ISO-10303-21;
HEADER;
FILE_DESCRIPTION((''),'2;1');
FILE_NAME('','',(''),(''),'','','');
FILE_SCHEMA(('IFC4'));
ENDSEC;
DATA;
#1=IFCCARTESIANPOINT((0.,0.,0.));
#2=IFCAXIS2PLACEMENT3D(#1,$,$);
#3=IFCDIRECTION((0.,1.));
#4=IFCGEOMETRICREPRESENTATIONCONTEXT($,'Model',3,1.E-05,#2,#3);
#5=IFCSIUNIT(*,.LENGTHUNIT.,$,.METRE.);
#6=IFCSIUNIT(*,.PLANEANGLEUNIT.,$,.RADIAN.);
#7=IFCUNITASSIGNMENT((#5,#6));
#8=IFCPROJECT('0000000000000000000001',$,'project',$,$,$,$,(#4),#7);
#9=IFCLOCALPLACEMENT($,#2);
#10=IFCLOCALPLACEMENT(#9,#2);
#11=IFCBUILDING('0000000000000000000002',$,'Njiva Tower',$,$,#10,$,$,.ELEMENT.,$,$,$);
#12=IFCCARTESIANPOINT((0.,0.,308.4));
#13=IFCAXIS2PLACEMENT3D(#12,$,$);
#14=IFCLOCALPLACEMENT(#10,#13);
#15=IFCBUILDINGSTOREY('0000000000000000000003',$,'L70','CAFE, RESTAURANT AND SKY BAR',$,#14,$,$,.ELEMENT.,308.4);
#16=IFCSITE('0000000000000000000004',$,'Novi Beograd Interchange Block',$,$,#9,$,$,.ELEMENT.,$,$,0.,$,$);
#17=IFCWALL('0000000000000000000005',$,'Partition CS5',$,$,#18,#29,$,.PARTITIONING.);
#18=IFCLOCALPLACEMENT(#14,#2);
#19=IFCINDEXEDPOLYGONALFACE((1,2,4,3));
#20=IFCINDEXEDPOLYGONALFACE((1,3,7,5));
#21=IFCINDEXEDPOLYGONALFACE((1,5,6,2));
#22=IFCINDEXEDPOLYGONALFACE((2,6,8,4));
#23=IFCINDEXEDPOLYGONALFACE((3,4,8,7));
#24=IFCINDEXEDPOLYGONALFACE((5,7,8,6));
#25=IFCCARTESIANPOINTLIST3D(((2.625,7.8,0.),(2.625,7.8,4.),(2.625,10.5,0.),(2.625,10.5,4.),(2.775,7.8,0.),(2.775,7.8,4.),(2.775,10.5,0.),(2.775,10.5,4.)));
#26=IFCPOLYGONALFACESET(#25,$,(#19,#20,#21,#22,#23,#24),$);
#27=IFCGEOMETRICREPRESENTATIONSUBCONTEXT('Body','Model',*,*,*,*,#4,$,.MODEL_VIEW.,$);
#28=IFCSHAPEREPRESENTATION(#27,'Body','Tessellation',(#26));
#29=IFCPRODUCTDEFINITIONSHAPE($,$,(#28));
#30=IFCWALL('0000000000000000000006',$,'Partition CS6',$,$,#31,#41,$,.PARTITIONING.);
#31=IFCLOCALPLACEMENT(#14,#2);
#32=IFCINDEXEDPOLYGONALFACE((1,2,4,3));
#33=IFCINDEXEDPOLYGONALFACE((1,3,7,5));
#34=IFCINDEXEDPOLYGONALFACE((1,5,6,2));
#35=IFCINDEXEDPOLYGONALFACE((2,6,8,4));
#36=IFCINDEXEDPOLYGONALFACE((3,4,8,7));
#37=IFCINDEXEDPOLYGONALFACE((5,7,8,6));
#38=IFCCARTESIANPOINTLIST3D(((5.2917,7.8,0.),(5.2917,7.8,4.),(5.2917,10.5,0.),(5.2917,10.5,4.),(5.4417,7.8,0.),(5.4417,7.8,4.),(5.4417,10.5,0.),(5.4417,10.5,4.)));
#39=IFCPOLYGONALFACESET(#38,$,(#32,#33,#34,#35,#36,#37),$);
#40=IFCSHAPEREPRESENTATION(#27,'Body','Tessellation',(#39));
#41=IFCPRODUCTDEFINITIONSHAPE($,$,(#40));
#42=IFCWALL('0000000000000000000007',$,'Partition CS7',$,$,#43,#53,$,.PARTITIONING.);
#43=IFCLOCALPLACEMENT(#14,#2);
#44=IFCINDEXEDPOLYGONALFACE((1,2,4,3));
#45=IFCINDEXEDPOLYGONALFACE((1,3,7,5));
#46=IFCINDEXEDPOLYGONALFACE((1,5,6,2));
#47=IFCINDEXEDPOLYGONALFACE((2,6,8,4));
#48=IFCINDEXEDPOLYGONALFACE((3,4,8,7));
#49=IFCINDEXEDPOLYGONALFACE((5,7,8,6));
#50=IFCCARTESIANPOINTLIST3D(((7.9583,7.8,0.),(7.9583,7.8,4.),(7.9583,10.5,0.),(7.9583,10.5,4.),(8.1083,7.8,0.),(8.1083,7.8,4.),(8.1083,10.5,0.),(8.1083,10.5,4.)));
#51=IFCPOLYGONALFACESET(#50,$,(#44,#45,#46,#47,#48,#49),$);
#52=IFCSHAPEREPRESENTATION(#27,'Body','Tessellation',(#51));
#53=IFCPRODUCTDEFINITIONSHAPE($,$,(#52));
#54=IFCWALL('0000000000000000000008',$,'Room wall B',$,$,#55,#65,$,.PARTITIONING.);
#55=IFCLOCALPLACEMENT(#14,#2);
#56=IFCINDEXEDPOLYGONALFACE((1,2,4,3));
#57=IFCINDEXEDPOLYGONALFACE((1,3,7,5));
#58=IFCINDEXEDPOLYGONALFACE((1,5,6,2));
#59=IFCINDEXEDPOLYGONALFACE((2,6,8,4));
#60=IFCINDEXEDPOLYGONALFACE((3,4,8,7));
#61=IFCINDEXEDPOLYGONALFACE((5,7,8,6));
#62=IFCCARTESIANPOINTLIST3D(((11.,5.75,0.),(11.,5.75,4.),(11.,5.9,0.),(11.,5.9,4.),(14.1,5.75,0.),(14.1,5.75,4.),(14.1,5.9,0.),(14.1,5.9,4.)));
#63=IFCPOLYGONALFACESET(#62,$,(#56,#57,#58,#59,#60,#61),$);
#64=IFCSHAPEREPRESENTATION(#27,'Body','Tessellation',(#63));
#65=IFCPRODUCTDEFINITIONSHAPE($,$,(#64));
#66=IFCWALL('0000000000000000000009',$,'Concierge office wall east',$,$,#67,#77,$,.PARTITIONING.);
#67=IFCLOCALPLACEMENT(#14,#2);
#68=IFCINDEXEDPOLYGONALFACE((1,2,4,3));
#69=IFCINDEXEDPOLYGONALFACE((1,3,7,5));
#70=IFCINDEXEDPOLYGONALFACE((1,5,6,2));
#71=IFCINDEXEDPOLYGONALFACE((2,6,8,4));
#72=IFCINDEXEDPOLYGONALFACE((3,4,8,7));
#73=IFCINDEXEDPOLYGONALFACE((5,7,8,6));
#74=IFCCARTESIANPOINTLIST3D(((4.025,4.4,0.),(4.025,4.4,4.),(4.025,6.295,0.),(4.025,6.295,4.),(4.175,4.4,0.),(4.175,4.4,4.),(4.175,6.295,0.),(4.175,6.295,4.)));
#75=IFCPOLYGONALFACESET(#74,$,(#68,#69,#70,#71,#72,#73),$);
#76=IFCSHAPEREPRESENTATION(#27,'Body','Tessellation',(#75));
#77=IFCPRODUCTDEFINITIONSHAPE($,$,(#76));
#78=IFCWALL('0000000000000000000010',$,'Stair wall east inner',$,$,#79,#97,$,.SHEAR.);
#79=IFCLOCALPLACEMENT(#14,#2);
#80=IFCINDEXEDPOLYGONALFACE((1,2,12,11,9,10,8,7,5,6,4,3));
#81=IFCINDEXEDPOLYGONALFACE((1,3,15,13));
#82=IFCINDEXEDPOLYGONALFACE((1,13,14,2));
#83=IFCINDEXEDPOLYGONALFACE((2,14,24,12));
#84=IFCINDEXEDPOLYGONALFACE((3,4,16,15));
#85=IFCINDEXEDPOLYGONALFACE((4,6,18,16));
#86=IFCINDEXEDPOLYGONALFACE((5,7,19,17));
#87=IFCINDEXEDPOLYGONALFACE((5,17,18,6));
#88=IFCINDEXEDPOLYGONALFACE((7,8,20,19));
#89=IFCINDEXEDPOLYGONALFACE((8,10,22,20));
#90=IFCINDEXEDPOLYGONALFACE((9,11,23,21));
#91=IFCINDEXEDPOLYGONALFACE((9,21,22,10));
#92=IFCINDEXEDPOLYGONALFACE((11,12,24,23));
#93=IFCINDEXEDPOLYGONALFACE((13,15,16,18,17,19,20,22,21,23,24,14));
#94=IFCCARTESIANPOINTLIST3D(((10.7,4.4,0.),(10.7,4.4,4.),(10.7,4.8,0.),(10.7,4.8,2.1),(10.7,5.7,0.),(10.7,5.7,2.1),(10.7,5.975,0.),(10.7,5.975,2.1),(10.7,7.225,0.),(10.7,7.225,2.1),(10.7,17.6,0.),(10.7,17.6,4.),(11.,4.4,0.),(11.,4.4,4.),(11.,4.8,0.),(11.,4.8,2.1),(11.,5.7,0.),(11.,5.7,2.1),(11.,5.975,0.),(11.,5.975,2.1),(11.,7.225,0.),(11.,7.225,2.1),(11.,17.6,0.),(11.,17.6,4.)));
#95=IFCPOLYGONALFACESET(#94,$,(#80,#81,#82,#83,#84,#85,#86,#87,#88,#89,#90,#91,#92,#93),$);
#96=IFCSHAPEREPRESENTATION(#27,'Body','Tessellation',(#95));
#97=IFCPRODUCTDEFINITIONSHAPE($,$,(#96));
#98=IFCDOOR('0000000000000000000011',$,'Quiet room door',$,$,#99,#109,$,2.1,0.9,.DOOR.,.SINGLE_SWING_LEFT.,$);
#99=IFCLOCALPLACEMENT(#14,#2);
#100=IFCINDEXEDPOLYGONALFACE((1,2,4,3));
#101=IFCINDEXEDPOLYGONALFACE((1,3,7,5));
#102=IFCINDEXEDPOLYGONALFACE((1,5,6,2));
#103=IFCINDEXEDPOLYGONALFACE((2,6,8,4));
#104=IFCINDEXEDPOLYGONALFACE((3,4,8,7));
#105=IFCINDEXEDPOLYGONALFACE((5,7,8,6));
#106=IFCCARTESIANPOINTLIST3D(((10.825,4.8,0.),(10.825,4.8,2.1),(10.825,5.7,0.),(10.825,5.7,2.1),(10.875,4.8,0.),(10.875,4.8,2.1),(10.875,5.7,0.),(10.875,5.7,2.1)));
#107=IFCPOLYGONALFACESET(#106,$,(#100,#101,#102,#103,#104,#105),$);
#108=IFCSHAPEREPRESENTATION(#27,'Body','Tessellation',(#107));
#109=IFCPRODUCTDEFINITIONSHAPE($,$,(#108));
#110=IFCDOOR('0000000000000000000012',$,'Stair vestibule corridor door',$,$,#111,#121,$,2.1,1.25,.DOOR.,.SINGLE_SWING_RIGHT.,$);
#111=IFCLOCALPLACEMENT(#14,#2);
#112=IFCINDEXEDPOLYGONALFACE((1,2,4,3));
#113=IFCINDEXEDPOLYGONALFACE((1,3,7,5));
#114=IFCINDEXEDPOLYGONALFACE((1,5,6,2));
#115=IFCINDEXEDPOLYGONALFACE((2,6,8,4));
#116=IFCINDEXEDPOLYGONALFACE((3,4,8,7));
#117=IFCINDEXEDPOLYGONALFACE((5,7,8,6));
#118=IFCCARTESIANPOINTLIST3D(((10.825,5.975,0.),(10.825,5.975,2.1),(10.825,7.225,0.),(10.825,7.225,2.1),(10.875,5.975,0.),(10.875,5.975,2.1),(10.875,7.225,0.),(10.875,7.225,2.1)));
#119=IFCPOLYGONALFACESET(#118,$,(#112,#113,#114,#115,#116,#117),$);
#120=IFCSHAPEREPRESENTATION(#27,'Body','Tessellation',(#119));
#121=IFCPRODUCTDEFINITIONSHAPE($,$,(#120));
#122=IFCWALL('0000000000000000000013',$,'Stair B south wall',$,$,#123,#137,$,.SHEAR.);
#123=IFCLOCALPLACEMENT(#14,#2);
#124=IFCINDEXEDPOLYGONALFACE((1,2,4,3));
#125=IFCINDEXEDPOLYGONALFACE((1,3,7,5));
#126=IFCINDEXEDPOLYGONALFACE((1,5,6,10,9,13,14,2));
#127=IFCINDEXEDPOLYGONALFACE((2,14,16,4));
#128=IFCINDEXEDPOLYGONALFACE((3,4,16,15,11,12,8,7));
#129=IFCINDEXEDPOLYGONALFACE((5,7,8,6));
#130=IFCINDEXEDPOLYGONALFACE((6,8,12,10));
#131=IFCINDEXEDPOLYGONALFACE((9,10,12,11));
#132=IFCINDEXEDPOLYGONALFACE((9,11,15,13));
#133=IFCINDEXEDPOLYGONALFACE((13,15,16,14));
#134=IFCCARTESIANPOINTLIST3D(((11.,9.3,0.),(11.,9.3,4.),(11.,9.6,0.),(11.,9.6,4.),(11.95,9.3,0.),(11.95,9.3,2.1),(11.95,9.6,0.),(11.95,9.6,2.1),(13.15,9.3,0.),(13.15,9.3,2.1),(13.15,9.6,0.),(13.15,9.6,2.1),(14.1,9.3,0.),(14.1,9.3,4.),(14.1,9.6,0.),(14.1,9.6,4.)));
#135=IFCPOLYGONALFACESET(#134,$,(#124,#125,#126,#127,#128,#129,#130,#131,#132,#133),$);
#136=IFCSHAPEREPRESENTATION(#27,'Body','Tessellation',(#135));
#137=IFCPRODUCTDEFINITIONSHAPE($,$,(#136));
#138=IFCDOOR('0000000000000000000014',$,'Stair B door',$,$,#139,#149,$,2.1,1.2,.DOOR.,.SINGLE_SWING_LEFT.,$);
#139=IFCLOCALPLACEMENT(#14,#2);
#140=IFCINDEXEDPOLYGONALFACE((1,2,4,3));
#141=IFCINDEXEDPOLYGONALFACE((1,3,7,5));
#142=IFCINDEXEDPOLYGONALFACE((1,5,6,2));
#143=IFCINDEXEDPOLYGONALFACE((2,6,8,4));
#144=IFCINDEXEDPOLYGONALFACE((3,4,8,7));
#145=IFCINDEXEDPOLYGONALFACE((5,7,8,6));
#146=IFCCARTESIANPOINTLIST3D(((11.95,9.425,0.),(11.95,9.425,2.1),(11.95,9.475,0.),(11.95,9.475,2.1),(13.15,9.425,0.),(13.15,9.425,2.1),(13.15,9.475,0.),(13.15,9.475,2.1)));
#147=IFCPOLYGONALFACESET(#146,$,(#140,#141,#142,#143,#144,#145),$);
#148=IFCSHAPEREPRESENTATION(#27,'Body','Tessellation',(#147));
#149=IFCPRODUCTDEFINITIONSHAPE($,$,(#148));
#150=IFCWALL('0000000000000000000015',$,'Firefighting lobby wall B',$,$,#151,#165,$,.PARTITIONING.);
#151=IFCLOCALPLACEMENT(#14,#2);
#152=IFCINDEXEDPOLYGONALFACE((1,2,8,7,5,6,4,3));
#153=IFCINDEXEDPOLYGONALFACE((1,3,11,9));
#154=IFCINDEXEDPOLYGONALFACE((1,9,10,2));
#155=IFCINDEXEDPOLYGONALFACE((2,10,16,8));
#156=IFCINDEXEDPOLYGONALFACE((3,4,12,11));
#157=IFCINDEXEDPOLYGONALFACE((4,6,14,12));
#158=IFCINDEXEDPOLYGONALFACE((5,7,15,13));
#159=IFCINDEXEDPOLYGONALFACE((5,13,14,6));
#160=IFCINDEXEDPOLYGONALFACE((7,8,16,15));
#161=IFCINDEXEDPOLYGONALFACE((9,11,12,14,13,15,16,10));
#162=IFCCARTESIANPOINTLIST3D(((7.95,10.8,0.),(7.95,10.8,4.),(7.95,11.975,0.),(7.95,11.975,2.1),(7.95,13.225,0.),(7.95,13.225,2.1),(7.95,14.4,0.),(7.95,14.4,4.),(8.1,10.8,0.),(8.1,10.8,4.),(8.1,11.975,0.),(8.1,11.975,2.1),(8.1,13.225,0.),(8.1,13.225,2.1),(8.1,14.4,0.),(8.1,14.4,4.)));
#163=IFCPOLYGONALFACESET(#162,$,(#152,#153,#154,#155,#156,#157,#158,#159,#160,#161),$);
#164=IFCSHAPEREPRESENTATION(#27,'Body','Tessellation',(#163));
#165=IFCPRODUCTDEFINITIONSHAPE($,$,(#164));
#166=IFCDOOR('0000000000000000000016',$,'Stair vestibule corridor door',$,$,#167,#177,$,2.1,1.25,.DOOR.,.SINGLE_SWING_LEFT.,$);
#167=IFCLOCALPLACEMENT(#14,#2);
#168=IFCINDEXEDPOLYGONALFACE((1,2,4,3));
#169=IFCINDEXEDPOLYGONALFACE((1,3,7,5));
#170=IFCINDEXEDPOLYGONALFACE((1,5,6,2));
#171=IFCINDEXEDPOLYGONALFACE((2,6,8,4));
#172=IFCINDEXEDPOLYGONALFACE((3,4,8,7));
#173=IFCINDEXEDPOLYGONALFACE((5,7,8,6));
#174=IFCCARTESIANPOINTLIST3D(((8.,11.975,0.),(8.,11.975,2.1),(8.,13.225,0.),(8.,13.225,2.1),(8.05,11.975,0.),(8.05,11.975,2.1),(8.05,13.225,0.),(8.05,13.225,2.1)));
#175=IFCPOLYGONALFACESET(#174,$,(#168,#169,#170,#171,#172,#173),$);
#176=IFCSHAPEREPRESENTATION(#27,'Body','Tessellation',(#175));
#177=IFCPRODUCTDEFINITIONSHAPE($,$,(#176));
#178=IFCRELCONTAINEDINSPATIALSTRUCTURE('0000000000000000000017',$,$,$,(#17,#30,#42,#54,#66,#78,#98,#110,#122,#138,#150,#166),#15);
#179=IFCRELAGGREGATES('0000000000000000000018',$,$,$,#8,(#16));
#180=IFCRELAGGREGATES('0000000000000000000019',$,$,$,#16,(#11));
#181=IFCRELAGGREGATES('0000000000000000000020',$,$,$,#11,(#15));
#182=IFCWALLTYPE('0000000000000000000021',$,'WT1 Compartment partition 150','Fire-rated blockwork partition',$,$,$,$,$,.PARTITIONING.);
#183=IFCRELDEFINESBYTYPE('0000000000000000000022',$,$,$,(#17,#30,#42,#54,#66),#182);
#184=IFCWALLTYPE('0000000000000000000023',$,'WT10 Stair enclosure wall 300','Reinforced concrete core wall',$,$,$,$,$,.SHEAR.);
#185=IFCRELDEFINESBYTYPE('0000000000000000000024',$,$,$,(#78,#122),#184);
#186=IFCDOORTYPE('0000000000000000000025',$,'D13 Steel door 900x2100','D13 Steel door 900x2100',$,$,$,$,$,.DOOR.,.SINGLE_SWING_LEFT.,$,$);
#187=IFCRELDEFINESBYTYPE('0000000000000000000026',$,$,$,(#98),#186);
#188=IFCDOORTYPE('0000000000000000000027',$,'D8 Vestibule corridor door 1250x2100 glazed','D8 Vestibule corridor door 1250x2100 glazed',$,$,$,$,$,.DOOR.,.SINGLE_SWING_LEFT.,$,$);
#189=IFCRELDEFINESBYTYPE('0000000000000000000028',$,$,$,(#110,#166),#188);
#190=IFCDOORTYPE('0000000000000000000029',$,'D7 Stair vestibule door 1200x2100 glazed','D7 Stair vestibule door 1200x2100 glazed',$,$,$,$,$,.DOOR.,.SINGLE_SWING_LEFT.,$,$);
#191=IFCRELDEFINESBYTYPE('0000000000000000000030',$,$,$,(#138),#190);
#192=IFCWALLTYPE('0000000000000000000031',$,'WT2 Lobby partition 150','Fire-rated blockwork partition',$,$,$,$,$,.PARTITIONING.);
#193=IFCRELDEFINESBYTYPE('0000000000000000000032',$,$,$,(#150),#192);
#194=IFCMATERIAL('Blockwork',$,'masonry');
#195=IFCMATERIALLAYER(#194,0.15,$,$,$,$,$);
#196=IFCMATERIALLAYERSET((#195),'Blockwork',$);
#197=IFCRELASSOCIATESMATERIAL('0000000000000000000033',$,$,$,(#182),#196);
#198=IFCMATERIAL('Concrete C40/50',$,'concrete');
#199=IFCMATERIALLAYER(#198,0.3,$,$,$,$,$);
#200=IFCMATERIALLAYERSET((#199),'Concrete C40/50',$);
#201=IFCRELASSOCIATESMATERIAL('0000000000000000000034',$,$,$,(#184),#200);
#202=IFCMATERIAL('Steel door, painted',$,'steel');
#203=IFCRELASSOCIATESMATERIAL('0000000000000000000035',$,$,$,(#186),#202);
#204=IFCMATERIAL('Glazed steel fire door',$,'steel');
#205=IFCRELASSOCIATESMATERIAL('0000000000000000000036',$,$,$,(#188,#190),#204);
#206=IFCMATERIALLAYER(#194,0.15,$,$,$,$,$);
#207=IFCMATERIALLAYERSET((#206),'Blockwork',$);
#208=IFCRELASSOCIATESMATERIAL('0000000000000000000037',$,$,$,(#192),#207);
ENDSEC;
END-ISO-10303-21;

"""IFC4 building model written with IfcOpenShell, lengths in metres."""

from ifc_helpers import new_model, si_unit, direction, frame, frame_2d, origin, place, context, subcontext, project, spatial, rectangle, extrude, material, layer, layer_set, type_object, element, fill, save


model = new_model("IFC4")

# Units and contexts
model_context = context("Model", 3, precision=1e-05, world=origin(), true_north=direction((0.0, 1.0)))
body_context = subcontext(model_context, "Body", "Model", "MODEL_VIEW")
ifc_project = project(units=[si_unit("LENGTHUNIT", "METRE"), si_unit("PLANEANGLEUNIT", "RADIAN")], contexts=[model_context])

# Site, building, storey
site_placement = place(None, origin())
site = spatial("IfcSite", under=ifc_project, at=site_placement, Name="Novi Beograd Interchange Block", CompositionType="ELEMENT", RefElevation=0.0)
building_placement = place(site_placement, origin())
building = spatial("IfcBuilding", under=site, at=building_placement, Name="Njiva Tower", CompositionType="ELEMENT")
storey_placement = place(building_placement, frame((0.0, 0.0, 308.4)))
storey = spatial("IfcBuildingStorey", under=building, at=storey_placement, Name="L70", Description="CAFE, RESTAURANT AND SKY BAR", CompositionType="ELEMENT", Elevation=308.4)

# Walls
ifc_material_1 = material(Name="Blockwork", Category="masonry")
ifc_layer_1 = layer(ifc_material_1, 0.15)
ifc_layer_set_1 = layer_set([ifc_layer_1], Name="Blockwork")
wall_type_1 = type_object("IfcWallType", Name="WT1 Compartment partition 150", Description="Fire-rated blockwork partition", PredefinedType="PARTITIONING", material=ifc_layer_set_1)
for number, where, z_axis, x_axis, name in (
    (1, (2.7, 7.8, 0.0), (0.0, 0.0, 1.0), (0.0, 1.0, 0.0), "Partition CS5"),
    (2, (5.3667, 7.8, 0.0), (0.0, 0.0, 1.0), (0.0, 1.0, 0.0), "Partition CS6"),
    (3, (8.0333, 7.8, 0.0), (0.0, 0.0, 1.0), (0.0, 1.0, 0.0), "Partition CS7"),
):
    element("IfcWall", number, at=place(storey_placement, frame(where, z_axis=z_axis, x_axis=x_axis)), inside=storey, type_object=wall_type_1, Name=name, PredefinedType="PARTITIONING", context=body_context, shape_type="SweptSolid", body=[
        extrude(rectangle(XDim=2.7, YDim=0.15, at=frame_2d((1.35, 0.0))), origin(), (0.0, 0.0, 1.0), 4.0),
    ])
wall_1_placement = place(storey_placement, frame((11.0, 5.825, 0.0), z_axis=(0.0, 0.0, 1.0), x_axis=(1.0, 0.0, 0.0)))
element("IfcWall", 4, at=wall_1_placement, inside=storey, type_object=wall_type_1, Name="Room wall B", PredefinedType="PARTITIONING", context=body_context, shape_type="SweptSolid", body=[
    extrude(rectangle(XDim=3.1, YDim=0.15, at=frame_2d((1.55, 0.0))), origin(), (0.0, 0.0, 1.0), 4.0),
])
wall_2_placement = place(storey_placement, frame((4.1, 4.4, 0.0), z_axis=(0.0, 0.0, 1.0), x_axis=(0.0, 1.0, 0.0)))
element("IfcWall", 5, at=wall_2_placement, inside=storey, type_object=wall_type_1, Name="Concierge office wall east", PredefinedType="PARTITIONING", context=body_context, shape_type="SweptSolid", body=[
    extrude(rectangle(XDim=1.895, YDim=0.15, at=frame_2d((0.9475, 0.0))), origin(), (0.0, 0.0, 1.0), 4.0),
])

# Wall, openings, doors
ifc_material_2 = material(Name="Concrete C40/50", Category="concrete")
ifc_layer_2 = layer(ifc_material_2, 0.3)
ifc_layer_set_2 = layer_set([ifc_layer_2], Name="Concrete C40/50")
wall_type_2 = type_object("IfcWallType", Name="WT10 Stair enclosure wall 300", Description="Reinforced concrete core wall", PredefinedType="SHEAR", material=ifc_layer_set_2)
wall_3_placement = place(storey_placement, frame((10.85, 4.4, 0.0), z_axis=(0.0, 0.0, 1.0), x_axis=(0.0, 1.0, 0.0)))
wall_3 = element("IfcWall", 6, at=wall_3_placement, inside=storey, type_object=wall_type_2, Name="Stair wall east inner", PredefinedType="SHEAR", context=body_context, shape_type="SweptSolid", body=[
    extrude(rectangle(XDim=13.2, YDim=0.3, at=frame_2d((6.6, 0.0))), origin(), (0.0, 0.0, 1.0), 4.0),
])
opening_1_placement = place(wall_3_placement, frame((1.575, 0.0, 0.0)))
opening_1 = element("IfcOpeningElement", 7, at=opening_1_placement, cuts=wall_3, PredefinedType="OPENING", context=body_context, shape_type="SweptSolid", body=[
    extrude(rectangle(XDim=1.25, YDim=2.1, at=frame_2d((0.625, 1.05))), frame((0.0, 0.16, 0.0), z_axis=(0.0, -1.0, 0.0), x_axis=(1.0, 0.0, 0.0)), (0.0, 0.0, 1.0), 0.32),
])
opening_2_placement = place(wall_3_placement, frame((0.4, 0.0, 0.0)))
opening_2 = element("IfcOpeningElement", 8, at=opening_2_placement, cuts=wall_3, PredefinedType="OPENING", context=body_context, shape_type="SweptSolid", body=[
    extrude(rectangle(XDim=0.9, YDim=2.1, at=frame_2d((0.45, 1.05))), frame((0.0, 0.16, 0.0), z_axis=(0.0, -1.0, 0.0), x_axis=(1.0, 0.0, 0.0)), (0.0, 0.0, 1.0), 0.32),
])
ifc_material_3 = material(Name="Steel door, painted", Category="steel")
door_type_1 = type_object("IfcDoorType", Name="D13 Steel door 900x2100", Description="D13 Steel door 900x2100", OperationType="SINGLE_SWING_LEFT", PredefinedType="DOOR", material=ifc_material_3)
door_1_placement = place(opening_2_placement, origin())
door_1 = element("IfcDoor", 9, at=door_1_placement, inside=storey, type_object=door_type_1, Name="Quiet room door", OperationType="SINGLE_SWING_LEFT", OverallHeight=2.1, OverallWidth=0.9, PredefinedType="DOOR", context=body_context, shape_type="SweptSolid", body=[
    extrude(rectangle(XDim=0.9, YDim=2.1, at=frame_2d((0.45, 1.05))), frame((0.0, 0.025, 0.0), z_axis=(0.0, -1.0, 0.0), x_axis=(1.0, 0.0, 0.0)), (0.0, 0.0, 1.0), 0.05),
])
fill(opening_2, door_1)
ifc_material_4 = material(Name="Glazed steel fire door", Category="steel")
door_type_2 = type_object("IfcDoorType", Name="D8 Vestibule corridor door 1250x2100 glazed", Description="D8 Vestibule corridor door 1250x2100 glazed", OperationType="SINGLE_SWING_LEFT", PredefinedType="DOOR", material=ifc_material_4)
door_2_placement = place(opening_1_placement, origin())
door_2 = element("IfcDoor", 10, at=door_2_placement, inside=storey, type_object=door_type_2, Name="Stair vestibule corridor door", OperationType="SINGLE_SWING_RIGHT", OverallHeight=2.1, OverallWidth=1.25, PredefinedType="DOOR", context=body_context, shape_type="SweptSolid", body=[
    extrude(rectangle(XDim=1.25, YDim=2.1, at=frame_2d((0.625, 1.05))), frame((0.0, 0.025, 0.0), z_axis=(0.0, -1.0, 0.0), x_axis=(1.0, 0.0, 0.0)), (0.0, 0.0, 1.0), 0.05),
])
fill(opening_1, door_2)

# Walls, openings, doors
wall_4_placement = place(storey_placement, frame((11.0, 9.45, 0.0), z_axis=(0.0, 0.0, 1.0), x_axis=(1.0, 0.0, 0.0)))
wall_4 = element("IfcWall", 11, at=wall_4_placement, inside=storey, type_object=wall_type_2, Name="Stair B south wall", PredefinedType="SHEAR", context=body_context, shape_type="SweptSolid", body=[
    extrude(rectangle(XDim=3.1, YDim=0.3, at=frame_2d((1.55, 0.0))), origin(), (0.0, 0.0, 1.0), 4.0),
])
opening_3_placement = place(wall_4_placement, frame((0.95, 0.0, 0.0)))
opening_3 = element("IfcOpeningElement", 12, at=opening_3_placement, cuts=wall_4, PredefinedType="OPENING", context=body_context, shape_type="SweptSolid", body=[
    extrude(rectangle(XDim=1.2, YDim=2.1, at=frame_2d((0.6, 1.05))), frame((0.0, 0.16, 0.0), z_axis=(0.0, -1.0, 0.0), x_axis=(1.0, 0.0, 0.0)), (0.0, 0.0, 1.0), 0.32),
])
door_type_3 = type_object("IfcDoorType", Name="D7 Stair vestibule door 1200x2100 glazed", Description="D7 Stair vestibule door 1200x2100 glazed", OperationType="SINGLE_SWING_LEFT", PredefinedType="DOOR", material=ifc_material_4)
door_3_placement = place(opening_3_placement, origin())
door_3 = element("IfcDoor", 13, at=door_3_placement, inside=storey, type_object=door_type_3, Name="Stair B door", OperationType="SINGLE_SWING_LEFT", OverallHeight=2.1, OverallWidth=1.2, PredefinedType="DOOR", context=body_context, shape_type="SweptSolid", body=[
    extrude(rectangle(XDim=1.2, YDim=2.1, at=frame_2d((0.6, 1.05))), frame((0.0, 0.025, 0.0), z_axis=(0.0, -1.0, 0.0), x_axis=(1.0, 0.0, 0.0)), (0.0, 0.0, 1.0), 0.05),
])
fill(opening_3, door_3)
ifc_layer_3 = layer(ifc_material_1, 0.15)
ifc_layer_set_3 = layer_set([ifc_layer_3], Name="Blockwork")
wall_type_3 = type_object("IfcWallType", Name="WT2 Lobby partition 150", Description="Fire-rated blockwork partition", PredefinedType="PARTITIONING", material=ifc_layer_set_3)
wall_5_placement = place(storey_placement, frame((8.025, 10.8, 0.0), z_axis=(0.0, 0.0, 1.0), x_axis=(0.0, 1.0, 0.0)))
wall_5 = element("IfcWall", 14, at=wall_5_placement, inside=storey, type_object=wall_type_3, Name="Firefighting lobby wall B", PredefinedType="PARTITIONING", context=body_context, shape_type="SweptSolid", body=[
    extrude(rectangle(XDim=3.6, YDim=0.15, at=frame_2d((1.8, 0.0))), origin(), (0.0, 0.0, 1.0), 4.0),
])
opening_4_placement = place(wall_5_placement, frame((1.175, 0.0, 0.0)))
opening_4 = element("IfcOpeningElement", 15, at=opening_4_placement, cuts=wall_5, PredefinedType="OPENING", context=body_context, shape_type="SweptSolid", body=[
    extrude(rectangle(XDim=1.25, YDim=2.1, at=frame_2d((0.625, 1.05))), frame((0.0, 0.085, 0.0), z_axis=(0.0, -1.0, 0.0), x_axis=(1.0, 0.0, 0.0)), (0.0, 0.0, 1.0), 0.17),
])
door_4_placement = place(opening_4_placement, origin())
door_4 = element("IfcDoor", 16, at=door_4_placement, inside=storey, type_object=door_type_2, Name="Stair vestibule corridor door", OperationType="SINGLE_SWING_LEFT", OverallHeight=2.1, OverallWidth=1.25, PredefinedType="DOOR", context=body_context, shape_type="SweptSolid", body=[
    extrude(rectangle(XDim=1.25, YDim=2.1, at=frame_2d((0.625, 1.05))), frame((0.0, 0.025, 0.0), z_axis=(0.0, -1.0, 0.0), x_axis=(1.0, 0.0, 0.0)), (0.0, 0.0, 1.0), 0.05),
])
fill(opening_4, door_4)

save(model, "model.ifc")
